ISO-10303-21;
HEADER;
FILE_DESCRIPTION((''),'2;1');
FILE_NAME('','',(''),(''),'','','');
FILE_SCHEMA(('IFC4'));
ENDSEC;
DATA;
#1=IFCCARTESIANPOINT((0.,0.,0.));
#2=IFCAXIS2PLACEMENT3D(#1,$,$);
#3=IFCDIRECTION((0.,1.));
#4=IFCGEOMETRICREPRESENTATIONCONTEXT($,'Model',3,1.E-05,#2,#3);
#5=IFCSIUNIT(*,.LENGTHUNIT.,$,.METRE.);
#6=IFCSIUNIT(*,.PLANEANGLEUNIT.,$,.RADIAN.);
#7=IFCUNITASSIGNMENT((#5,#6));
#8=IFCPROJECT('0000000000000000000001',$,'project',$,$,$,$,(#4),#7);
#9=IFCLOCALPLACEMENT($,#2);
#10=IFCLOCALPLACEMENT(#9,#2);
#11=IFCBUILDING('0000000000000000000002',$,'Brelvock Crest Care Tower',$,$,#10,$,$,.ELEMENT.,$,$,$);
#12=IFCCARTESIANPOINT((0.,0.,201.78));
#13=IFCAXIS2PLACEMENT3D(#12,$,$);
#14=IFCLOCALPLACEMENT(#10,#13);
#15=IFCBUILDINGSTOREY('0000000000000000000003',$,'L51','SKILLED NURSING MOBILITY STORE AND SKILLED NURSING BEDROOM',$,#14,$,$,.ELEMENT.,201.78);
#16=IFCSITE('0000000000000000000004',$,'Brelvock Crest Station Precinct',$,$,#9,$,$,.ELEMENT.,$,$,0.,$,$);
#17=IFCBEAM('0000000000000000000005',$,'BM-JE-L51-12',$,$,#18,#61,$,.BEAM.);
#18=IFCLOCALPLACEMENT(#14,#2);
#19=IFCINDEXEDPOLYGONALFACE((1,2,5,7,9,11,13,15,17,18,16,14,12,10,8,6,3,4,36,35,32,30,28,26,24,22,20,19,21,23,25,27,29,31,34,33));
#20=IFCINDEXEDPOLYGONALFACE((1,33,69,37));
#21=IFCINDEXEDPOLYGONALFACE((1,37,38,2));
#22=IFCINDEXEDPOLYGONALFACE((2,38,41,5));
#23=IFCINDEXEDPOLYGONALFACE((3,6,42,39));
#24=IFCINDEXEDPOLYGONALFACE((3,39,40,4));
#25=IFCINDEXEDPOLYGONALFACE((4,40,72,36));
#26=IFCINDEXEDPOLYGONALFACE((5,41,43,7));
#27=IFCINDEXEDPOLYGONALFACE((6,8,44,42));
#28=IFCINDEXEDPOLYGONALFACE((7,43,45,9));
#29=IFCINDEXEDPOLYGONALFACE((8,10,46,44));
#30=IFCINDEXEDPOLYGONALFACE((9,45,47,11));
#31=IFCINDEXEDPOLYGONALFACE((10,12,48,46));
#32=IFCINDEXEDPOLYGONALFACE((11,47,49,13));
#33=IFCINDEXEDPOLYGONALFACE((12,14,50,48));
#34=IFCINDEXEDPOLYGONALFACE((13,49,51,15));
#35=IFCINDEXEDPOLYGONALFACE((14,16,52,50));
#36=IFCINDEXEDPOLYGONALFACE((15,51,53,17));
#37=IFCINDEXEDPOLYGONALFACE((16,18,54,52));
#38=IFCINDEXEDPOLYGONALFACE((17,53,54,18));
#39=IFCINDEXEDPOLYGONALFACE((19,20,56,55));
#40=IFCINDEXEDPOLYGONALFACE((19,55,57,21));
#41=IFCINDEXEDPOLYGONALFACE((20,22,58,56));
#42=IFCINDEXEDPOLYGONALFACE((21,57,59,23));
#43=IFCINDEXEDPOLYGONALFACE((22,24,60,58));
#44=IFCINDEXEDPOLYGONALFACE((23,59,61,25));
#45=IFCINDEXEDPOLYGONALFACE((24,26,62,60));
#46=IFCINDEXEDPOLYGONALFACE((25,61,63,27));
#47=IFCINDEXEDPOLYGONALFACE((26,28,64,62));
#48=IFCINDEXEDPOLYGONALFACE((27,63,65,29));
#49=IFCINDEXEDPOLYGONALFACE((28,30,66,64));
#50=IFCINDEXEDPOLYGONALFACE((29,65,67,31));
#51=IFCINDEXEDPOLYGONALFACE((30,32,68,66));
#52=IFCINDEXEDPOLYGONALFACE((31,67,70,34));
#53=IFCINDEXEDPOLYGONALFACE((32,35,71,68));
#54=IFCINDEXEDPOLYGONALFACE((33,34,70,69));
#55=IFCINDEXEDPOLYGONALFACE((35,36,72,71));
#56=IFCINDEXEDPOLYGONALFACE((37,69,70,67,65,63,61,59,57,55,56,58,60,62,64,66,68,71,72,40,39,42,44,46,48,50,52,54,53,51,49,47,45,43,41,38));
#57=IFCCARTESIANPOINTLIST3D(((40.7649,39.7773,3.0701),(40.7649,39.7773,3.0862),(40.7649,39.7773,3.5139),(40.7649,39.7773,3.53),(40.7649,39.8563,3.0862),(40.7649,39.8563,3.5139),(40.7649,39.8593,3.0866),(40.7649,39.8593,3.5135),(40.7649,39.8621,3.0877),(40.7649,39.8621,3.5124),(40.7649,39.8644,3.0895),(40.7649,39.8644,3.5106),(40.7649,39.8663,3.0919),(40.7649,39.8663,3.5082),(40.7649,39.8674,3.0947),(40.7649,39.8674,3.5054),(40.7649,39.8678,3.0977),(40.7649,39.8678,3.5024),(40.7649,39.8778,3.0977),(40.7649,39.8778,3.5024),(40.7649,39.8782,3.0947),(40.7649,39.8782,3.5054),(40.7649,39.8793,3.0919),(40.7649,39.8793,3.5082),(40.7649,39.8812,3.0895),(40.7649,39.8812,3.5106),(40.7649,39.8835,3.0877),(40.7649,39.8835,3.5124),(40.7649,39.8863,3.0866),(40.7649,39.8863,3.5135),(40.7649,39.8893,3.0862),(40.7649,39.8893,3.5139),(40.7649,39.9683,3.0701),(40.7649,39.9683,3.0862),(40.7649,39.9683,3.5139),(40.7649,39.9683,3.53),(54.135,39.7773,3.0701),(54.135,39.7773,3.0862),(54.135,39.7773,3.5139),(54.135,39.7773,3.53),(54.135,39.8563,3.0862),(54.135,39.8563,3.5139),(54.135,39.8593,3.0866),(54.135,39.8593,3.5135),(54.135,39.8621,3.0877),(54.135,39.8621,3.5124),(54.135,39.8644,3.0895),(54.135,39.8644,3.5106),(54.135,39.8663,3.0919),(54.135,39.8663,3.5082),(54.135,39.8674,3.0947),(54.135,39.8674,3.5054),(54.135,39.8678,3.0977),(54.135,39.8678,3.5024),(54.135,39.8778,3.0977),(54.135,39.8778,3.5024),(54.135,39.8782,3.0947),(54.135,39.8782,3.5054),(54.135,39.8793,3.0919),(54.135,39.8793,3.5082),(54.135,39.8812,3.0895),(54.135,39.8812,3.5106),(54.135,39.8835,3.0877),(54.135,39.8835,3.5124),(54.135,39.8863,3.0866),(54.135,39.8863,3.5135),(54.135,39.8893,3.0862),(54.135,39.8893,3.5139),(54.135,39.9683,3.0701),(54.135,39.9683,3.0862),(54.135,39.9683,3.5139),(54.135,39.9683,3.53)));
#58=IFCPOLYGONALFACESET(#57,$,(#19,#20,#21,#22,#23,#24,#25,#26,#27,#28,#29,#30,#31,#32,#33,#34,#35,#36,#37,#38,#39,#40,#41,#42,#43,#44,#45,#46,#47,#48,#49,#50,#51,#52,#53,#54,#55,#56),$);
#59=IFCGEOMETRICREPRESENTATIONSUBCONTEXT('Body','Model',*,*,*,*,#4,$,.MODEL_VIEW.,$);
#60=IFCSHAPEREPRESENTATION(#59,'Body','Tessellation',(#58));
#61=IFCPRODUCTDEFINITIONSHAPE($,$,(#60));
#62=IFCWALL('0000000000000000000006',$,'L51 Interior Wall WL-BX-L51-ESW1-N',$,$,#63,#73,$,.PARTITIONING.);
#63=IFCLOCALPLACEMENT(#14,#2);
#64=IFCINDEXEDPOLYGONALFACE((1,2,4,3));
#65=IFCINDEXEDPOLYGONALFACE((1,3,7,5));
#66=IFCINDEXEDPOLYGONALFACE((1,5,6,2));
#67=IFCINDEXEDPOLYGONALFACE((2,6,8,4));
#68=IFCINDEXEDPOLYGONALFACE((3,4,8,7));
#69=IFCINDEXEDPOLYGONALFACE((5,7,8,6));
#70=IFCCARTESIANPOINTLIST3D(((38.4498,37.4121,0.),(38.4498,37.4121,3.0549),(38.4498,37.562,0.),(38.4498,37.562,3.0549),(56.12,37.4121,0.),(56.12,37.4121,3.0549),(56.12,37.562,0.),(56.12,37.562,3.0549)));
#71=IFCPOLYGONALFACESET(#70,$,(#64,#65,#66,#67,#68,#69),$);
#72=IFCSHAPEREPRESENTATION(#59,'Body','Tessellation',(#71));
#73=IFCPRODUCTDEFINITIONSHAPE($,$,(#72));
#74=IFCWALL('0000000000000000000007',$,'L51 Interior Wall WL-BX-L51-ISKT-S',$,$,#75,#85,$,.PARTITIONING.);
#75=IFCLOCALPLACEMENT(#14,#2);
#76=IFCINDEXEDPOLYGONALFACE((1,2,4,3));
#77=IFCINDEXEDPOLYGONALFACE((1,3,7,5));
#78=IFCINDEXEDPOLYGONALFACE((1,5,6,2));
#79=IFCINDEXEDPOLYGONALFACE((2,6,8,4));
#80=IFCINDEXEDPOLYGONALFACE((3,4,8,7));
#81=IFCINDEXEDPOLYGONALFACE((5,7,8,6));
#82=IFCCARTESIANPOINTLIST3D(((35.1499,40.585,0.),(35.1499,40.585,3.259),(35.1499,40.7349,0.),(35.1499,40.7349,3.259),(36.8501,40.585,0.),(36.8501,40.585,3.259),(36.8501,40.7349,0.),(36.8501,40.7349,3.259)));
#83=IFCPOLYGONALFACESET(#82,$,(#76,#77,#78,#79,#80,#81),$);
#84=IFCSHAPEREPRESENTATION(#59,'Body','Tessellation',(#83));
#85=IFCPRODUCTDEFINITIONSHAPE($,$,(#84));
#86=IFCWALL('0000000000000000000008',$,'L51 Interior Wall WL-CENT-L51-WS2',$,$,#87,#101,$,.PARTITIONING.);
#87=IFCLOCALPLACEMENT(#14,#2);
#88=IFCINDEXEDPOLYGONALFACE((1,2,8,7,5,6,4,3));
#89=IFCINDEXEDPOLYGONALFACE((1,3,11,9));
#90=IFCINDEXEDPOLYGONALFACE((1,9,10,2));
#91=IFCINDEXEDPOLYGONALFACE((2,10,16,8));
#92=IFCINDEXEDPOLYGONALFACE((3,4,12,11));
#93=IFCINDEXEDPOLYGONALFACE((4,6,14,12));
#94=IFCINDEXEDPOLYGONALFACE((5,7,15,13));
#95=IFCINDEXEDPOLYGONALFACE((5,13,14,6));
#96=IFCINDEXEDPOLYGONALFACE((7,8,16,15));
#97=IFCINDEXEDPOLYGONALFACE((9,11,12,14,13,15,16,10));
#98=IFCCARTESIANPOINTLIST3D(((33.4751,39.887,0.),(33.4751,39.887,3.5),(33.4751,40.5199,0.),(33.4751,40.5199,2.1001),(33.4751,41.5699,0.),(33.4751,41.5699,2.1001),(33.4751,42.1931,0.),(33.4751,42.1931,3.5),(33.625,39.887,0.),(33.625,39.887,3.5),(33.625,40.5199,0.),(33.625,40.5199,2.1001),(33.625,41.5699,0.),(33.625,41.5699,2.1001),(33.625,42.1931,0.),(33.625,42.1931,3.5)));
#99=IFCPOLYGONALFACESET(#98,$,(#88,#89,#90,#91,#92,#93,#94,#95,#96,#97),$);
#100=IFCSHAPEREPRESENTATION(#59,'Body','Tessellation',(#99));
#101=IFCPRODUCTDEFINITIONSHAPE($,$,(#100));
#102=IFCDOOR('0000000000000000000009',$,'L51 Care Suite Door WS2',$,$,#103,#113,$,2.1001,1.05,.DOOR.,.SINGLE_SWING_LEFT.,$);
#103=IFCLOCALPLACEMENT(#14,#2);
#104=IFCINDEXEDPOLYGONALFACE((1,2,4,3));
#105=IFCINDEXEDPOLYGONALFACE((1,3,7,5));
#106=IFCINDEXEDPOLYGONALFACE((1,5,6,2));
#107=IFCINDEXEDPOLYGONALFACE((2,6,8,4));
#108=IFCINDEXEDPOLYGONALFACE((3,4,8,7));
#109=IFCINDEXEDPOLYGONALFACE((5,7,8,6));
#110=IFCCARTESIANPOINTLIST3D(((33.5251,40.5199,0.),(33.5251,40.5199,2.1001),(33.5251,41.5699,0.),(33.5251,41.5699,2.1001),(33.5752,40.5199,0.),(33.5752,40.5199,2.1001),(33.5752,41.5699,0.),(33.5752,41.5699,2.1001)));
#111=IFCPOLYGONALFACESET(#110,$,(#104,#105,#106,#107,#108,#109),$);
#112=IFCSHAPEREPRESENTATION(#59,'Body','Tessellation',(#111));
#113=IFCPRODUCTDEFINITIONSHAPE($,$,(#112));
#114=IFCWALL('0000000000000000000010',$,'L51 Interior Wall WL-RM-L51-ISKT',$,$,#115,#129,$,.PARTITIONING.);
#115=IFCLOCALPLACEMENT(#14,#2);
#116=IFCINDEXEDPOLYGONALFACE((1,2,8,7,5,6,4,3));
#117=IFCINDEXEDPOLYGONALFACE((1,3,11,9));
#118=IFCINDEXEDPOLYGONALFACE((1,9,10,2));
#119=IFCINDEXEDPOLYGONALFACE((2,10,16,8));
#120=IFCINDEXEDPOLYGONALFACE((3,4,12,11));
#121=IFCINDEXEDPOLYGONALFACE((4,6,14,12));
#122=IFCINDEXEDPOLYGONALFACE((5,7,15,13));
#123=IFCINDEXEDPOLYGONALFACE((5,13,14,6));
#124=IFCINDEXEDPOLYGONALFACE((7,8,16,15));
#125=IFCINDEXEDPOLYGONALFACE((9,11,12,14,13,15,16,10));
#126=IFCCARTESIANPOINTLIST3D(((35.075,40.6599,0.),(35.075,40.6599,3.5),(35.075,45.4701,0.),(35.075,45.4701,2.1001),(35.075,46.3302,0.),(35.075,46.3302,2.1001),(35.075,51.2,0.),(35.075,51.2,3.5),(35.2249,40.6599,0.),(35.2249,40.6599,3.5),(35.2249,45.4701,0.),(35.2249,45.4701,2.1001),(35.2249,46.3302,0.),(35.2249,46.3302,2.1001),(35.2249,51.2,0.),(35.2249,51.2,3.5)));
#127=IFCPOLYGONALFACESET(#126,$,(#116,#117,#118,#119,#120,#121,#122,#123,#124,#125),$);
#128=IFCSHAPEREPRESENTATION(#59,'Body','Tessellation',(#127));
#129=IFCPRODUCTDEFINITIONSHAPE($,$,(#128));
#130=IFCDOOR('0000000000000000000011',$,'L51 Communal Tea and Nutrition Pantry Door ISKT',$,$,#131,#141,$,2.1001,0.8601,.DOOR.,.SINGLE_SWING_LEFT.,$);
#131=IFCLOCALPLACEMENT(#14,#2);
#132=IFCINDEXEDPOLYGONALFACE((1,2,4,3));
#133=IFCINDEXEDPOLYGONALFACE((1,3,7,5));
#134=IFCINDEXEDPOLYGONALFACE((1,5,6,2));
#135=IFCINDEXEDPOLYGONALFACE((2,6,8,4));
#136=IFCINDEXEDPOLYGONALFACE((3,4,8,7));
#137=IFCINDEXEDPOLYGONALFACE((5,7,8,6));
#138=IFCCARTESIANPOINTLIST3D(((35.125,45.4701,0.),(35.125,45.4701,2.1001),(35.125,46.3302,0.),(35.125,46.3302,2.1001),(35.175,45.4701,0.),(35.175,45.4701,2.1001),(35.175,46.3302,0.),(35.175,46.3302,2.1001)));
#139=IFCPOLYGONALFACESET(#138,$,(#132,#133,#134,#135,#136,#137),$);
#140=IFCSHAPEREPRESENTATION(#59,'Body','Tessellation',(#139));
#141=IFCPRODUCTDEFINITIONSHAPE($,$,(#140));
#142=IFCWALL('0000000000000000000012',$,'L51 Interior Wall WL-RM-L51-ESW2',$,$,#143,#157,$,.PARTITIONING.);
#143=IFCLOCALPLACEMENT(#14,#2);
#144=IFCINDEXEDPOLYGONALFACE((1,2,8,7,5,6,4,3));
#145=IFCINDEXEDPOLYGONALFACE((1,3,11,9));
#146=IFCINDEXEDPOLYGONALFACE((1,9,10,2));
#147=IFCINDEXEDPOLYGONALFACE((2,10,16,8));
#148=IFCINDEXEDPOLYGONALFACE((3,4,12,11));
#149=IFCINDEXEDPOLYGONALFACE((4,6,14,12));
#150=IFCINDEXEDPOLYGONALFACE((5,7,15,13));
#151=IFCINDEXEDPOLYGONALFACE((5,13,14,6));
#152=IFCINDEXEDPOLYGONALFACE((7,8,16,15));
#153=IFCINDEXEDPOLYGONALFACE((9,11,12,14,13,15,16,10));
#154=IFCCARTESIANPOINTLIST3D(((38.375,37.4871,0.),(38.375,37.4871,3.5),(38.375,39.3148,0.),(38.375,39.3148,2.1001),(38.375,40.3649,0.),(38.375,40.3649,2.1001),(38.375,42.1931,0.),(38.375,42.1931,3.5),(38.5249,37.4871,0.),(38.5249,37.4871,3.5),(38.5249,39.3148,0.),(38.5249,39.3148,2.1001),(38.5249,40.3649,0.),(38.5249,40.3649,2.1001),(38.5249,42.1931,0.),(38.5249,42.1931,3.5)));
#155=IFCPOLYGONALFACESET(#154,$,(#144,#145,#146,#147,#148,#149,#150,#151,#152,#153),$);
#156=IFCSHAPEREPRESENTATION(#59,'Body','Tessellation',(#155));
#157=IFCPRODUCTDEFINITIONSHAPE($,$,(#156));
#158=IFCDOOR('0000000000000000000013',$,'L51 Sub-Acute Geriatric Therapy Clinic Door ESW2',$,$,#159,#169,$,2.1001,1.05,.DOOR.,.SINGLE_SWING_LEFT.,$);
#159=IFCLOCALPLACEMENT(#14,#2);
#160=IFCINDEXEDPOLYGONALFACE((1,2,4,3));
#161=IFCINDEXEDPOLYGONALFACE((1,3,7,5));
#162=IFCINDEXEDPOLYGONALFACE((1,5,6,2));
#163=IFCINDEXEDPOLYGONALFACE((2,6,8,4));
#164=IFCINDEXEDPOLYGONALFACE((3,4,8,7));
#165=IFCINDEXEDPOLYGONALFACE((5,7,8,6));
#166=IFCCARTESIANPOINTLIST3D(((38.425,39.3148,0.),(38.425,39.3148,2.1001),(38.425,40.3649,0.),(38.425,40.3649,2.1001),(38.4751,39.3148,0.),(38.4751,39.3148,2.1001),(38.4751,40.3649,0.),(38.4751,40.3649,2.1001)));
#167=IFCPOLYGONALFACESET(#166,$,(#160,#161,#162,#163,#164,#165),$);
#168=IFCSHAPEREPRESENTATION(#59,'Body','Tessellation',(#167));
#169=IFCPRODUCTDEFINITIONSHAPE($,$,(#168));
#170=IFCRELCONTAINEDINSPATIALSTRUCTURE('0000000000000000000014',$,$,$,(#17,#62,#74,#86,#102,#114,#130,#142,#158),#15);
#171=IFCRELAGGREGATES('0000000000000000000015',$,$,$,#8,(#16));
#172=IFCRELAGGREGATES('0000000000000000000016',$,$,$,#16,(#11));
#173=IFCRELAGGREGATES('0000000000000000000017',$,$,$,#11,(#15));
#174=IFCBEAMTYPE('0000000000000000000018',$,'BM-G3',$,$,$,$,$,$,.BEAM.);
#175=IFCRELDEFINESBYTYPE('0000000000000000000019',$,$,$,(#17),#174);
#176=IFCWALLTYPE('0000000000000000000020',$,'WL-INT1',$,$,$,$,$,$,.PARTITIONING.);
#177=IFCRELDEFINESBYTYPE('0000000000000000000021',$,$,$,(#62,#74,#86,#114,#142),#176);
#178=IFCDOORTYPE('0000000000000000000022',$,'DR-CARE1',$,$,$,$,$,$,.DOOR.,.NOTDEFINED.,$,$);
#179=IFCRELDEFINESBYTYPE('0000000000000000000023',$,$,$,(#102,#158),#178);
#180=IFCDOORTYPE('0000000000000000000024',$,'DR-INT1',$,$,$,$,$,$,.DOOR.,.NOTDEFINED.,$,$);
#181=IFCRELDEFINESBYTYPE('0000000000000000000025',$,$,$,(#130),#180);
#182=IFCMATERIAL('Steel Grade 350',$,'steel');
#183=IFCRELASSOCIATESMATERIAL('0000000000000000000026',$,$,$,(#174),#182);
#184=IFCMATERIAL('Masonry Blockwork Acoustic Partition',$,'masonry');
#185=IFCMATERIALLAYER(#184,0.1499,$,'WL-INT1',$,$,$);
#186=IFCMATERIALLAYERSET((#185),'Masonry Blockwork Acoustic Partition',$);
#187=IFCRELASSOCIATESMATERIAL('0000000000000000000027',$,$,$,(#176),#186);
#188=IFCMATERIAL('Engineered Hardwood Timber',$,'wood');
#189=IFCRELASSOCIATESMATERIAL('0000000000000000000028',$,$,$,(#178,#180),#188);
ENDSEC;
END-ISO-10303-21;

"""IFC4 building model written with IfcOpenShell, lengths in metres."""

from ifc_helpers import new_model, si_unit, direction, frame, frame_2d, origin, origin_2d, place, context, subcontext, project, spatial, rectangle, i_section, extrude, source, transform, mapped, material, layer, layer_set, material_profile, profile_set, type_object, element, fill, save


model = new_model("IFC4")

# Units and contexts
model_context = context("Model", 3, precision=1e-05, world=origin(), true_north=direction((0.0, 1.0)))
body_context = subcontext(model_context, "Body", "Model", "MODEL_VIEW")
ifc_project = project(units=[si_unit("LENGTHUNIT", "METRE"), si_unit("PLANEANGLEUNIT", "RADIAN")], contexts=[model_context])

# Site, building, storey
site_placement = place(None, origin())
site = spatial("IfcSite", under=ifc_project, at=site_placement, Name="Brelvock Crest Station Precinct", CompositionType="ELEMENT", RefElevation=0.0)
building_placement = place(site_placement, origin())
building = spatial("IfcBuilding", under=site, at=building_placement, Name="Brelvock Crest Care Tower", CompositionType="ELEMENT")
storey_placement = place(building_placement, frame((0.0, 0.0, 201.78)))
storey = spatial("IfcBuildingStorey", under=building, at=storey_placement, Name="L51", Description="SKILLED NURSING MOBILITY STORE AND SKILLED NURSING BEDROOM", CompositionType="ELEMENT", Elevation=201.78)

# Beam
ifc_material_1 = material(Name="Steel Grade 350", Category="steel")
ifc_material_profile_1 = material_profile(ifc_material_1, i_section(OverallWidth=0.1909, OverallDepth=0.46, WebThickness=0.01, FlangeThickness=0.0161, FilletRadius=0.0115, at=origin_2d()), Name="460UB82.1")
ifc_profile_set_1 = profile_set([ifc_material_profile_1], Name="Steel Grade 350")
beam_type_1 = type_object("IfcBeamType", Name="BM-G3", PredefinedType="BEAM", material=ifc_profile_set_1)
shared_shape_1 = source(origin(), body_context, "Body", "SweptSolid", [
    extrude(i_section(OverallWidth=0.1909, OverallDepth=0.46, WebThickness=0.01, FlangeThickness=0.0161, FilletRadius=0.0115, at=origin_2d()), origin(), (0.0, 0.0, 1.0), 13.3701),
])
for number, where, z_axis, x_axis, name in (
    (1, (40.7649, 39.8728, 3.3), (1.0, 0.0, 0.0), (0.0, 1.0, 0.0), "BM-JE-L51-12"),
):
    element("IfcBeam", number, at=place(storey_placement, frame(where, z_axis=z_axis, x_axis=x_axis)), inside=storey, type_object=beam_type_1, Name=name, PredefinedType="BEAM", context=body_context, shape_type="MappedRepresentation", body=[
        mapped(shared_shape_1, transform((0.0, 0.0, 0.0), x_axis=(1.0, 0.0, 0.0), y_axis=(0.0, 1.0, 0.0), z_axis=(0.0, 0.0, 1.0), scale=1.0)),
    ])

# Walls
ifc_material_2 = material(Name="Masonry Blockwork Acoustic Partition", Category="masonry")
ifc_layer_1 = layer(ifc_material_2, 0.1499, Name="WL-INT1")
ifc_layer_set_1 = layer_set([ifc_layer_1], Name="Masonry Blockwork Acoustic Partition")
wall_type_1 = type_object("IfcWallType", Name="WL-INT1", PredefinedType="PARTITIONING", material=ifc_layer_set_1)
wall_1_placement = place(storey_placement, frame((38.45, 37.4871, 0.0), z_axis=(0.0, 0.0, 1.0), x_axis=(1.0, 0.0, 0.0)))
element("IfcWall", 2, at=wall_1_placement, inside=storey, type_object=wall_type_1, Name="L51 Interior Wall WL-BX-L51-ESW1-N", PredefinedType="PARTITIONING", context=body_context, shape_type="SweptSolid", body=[
    extrude(rectangle(XDim=17.6702, YDim=0.1499, at=frame_2d((8.835, 0.0))), origin(), (0.0, 0.0, 1.0), 3.0549),
])
wall_2_placement = place(storey_placement, frame((35.1499, 40.6599, 0.0), z_axis=(0.0, 0.0, 1.0), x_axis=(1.0, 0.0, 0.0)))
element("IfcWall", 3, at=wall_2_placement, inside=storey, type_object=wall_type_1, Name="L51 Interior Wall WL-BX-L51-ISKT-S", PredefinedType="PARTITIONING", context=body_context, shape_type="SweptSolid", body=[
    extrude(rectangle(XDim=1.7002, YDim=0.1499, at=frame_2d((0.8501, 0.0))), origin(), (0.0, 0.0, 1.0), 3.259),
])

# Walls, openings, doors
wall_3_placement = place(storey_placement, frame((33.55, 39.887, 0.0), z_axis=(0.0, 0.0, 1.0), x_axis=(0.0, 1.0, 0.0)))
wall_3 = element("IfcWall", 4, at=wall_3_placement, inside=storey, type_object=wall_type_1, Name="L51 Interior Wall WL-CENT-L51-WS2", PredefinedType="PARTITIONING", context=body_context, shape_type="SweptSolid", body=[
    extrude(rectangle(XDim=2.3062, YDim=0.1499, at=frame_2d((1.1531, 0.0))), origin(), (0.0, 0.0, 1.0), 3.5),
])
opening_1_placement = place(wall_3_placement, frame((0.6331, 0.0, 0.0)))
opening_1 = element("IfcOpeningElement", 5, at=opening_1_placement, cuts=wall_3, PredefinedType="OPENING", context=body_context, shape_type="SweptSolid", body=[
    extrude(rectangle(XDim=1.05, YDim=2.1001, at=origin_2d()), frame((0.5249, 0.085, 1.05), z_axis=(0.0, -1.0, 0.0), x_axis=(1.0, 0.0, 0.0)), (0.0, 0.0, 1.0), 0.1699),
])
ifc_material_3 = material(Name="Engineered Hardwood Timber", Category="wood")
door_type_1 = type_object("IfcDoorType", Name="DR-CARE1", OperationType="NOTDEFINED", PredefinedType="DOOR", material=ifc_material_3)
shared_shape_2 = source(origin(), body_context, "Body", "SweptSolid", [
    extrude(rectangle(XDim=1.05, YDim=2.1001, at=origin_2d()), frame((0.5249, 0.0249, 1.05), z_axis=(0.0, -1.0, 0.0), x_axis=(1.0, 0.0, 0.0)), (0.0, 0.0, 1.0), 0.05),
])
door_1_placement = place(opening_1_placement, origin())
door_1 = element("IfcDoor", 6, at=door_1_placement, inside=storey, type_object=door_type_1, Name="L51 Care Suite Door WS2", OperationType="SINGLE_SWING_LEFT", OverallHeight=2.1001, OverallWidth=1.05, PredefinedType="DOOR", context=body_context, shape_type="MappedRepresentation", body=[
    mapped(shared_shape_2, transform((0.0, 0.0, 0.0), x_axis=(1.0, 0.0, 0.0), y_axis=(0.0, 1.0, 0.0), z_axis=(0.0, 0.0, 1.0), scale=1.0)),
])
fill(opening_1, door_1)
wall_4_placement = place(storey_placement, frame((35.1499, 40.6599, 0.0), z_axis=(0.0, 0.0, 1.0), x_axis=(0.0, 1.0, 0.0)))
wall_4 = element("IfcWall", 7, at=wall_4_placement, inside=storey, type_object=wall_type_1, Name="L51 Interior Wall WL-RM-L51-ISKT", PredefinedType="PARTITIONING", context=body_context, shape_type="SweptSolid", body=[
    extrude(rectangle(XDim=10.54, YDim=0.1499, at=frame_2d((5.27, 0.0))), origin(), (0.0, 0.0, 1.0), 3.5),
])
opening_2_placement = place(wall_4_placement, frame((4.8101, 0.0, 0.0)))
opening_2 = element("IfcOpeningElement", 8, at=opening_2_placement, cuts=wall_4, PredefinedType="OPENING", context=body_context, shape_type="SweptSolid", body=[
    extrude(rectangle(XDim=0.8601, YDim=2.1001, at=origin_2d()), frame((0.4302, 0.085, 1.05), z_axis=(0.0, -1.0, 0.0), x_axis=(1.0, 0.0, 0.0)), (0.0, 0.0, 1.0), 0.1699),
])
door_type_2 = type_object("IfcDoorType", Name="DR-INT1", OperationType="NOTDEFINED", PredefinedType="DOOR", material=ifc_material_3)
shared_shape_3 = source(origin(), body_context, "Body", "SweptSolid", [
    extrude(rectangle(XDim=0.8601, YDim=2.1001, at=origin_2d()), frame((0.4302, 0.0249, 1.05), z_axis=(0.0, -1.0, 0.0), x_axis=(1.0, 0.0, 0.0)), (0.0, 0.0, 1.0), 0.05),
])
door_2_placement = place(opening_2_placement, origin())
door_2 = element("IfcDoor", 9, at=door_2_placement, inside=storey, type_object=door_type_2, Name="L51 Communal Tea and Nutrition Pantry Door ISKT", OperationType="SINGLE_SWING_LEFT", OverallHeight=2.1001, OverallWidth=0.8601, PredefinedType="DOOR", context=body_context, shape_type="MappedRepresentation", body=[
    mapped(shared_shape_3, transform((0.0, 0.0, 0.0), x_axis=(1.0, 0.0, 0.0), y_axis=(0.0, 1.0, 0.0), z_axis=(0.0, 0.0, 1.0), scale=1.0)),
])
fill(opening_2, door_2)
wall_5_placement = place(storey_placement, frame((38.45, 37.4871, 0.0), z_axis=(0.0, 0.0, 1.0), x_axis=(0.0, 1.0, 0.0)))
wall_5 = element("IfcWall", 10, at=wall_5_placement, inside=storey, type_object=wall_type_1, Name="L51 Interior Wall WL-RM-L51-ESW2", PredefinedType="PARTITIONING", context=body_context, shape_type="SweptSolid", body=[
    extrude(rectangle(XDim=4.7061, YDim=0.1499, at=frame_2d((2.353, 0.0))), origin(), (0.0, 0.0, 1.0), 3.5),
])
opening_3_placement = place(wall_5_placement, frame((1.8279, 0.0, 0.0)))
opening_3 = element("IfcOpeningElement", 11, at=opening_3_placement, cuts=wall_5, PredefinedType="OPENING", context=body_context, shape_type="SweptSolid", body=[
    extrude(rectangle(XDim=1.05, YDim=2.1001, at=origin_2d()), frame((0.5249, 0.085, 1.05), z_axis=(0.0, -1.0, 0.0), x_axis=(1.0, 0.0, 0.0)), (0.0, 0.0, 1.0), 0.1699),
])
door_3_placement = place(opening_3_placement, origin())
door_3 = element("IfcDoor", 12, at=door_3_placement, inside=storey, type_object=door_type_1, Name="L51 Sub-Acute Geriatric Therapy Clinic Door ESW2", OperationType="SINGLE_SWING_LEFT", OverallHeight=2.1001, OverallWidth=1.05, PredefinedType="DOOR", context=body_context, shape_type="MappedRepresentation", body=[
    mapped(shared_shape_2, transform((0.0, 0.0, 0.0), x_axis=(1.0, 0.0, 0.0), y_axis=(0.0, 1.0, 0.0), z_axis=(0.0, 0.0, 1.0), scale=1.0)),
])
fill(opening_3, door_3)

save(model, "model.ifc")
